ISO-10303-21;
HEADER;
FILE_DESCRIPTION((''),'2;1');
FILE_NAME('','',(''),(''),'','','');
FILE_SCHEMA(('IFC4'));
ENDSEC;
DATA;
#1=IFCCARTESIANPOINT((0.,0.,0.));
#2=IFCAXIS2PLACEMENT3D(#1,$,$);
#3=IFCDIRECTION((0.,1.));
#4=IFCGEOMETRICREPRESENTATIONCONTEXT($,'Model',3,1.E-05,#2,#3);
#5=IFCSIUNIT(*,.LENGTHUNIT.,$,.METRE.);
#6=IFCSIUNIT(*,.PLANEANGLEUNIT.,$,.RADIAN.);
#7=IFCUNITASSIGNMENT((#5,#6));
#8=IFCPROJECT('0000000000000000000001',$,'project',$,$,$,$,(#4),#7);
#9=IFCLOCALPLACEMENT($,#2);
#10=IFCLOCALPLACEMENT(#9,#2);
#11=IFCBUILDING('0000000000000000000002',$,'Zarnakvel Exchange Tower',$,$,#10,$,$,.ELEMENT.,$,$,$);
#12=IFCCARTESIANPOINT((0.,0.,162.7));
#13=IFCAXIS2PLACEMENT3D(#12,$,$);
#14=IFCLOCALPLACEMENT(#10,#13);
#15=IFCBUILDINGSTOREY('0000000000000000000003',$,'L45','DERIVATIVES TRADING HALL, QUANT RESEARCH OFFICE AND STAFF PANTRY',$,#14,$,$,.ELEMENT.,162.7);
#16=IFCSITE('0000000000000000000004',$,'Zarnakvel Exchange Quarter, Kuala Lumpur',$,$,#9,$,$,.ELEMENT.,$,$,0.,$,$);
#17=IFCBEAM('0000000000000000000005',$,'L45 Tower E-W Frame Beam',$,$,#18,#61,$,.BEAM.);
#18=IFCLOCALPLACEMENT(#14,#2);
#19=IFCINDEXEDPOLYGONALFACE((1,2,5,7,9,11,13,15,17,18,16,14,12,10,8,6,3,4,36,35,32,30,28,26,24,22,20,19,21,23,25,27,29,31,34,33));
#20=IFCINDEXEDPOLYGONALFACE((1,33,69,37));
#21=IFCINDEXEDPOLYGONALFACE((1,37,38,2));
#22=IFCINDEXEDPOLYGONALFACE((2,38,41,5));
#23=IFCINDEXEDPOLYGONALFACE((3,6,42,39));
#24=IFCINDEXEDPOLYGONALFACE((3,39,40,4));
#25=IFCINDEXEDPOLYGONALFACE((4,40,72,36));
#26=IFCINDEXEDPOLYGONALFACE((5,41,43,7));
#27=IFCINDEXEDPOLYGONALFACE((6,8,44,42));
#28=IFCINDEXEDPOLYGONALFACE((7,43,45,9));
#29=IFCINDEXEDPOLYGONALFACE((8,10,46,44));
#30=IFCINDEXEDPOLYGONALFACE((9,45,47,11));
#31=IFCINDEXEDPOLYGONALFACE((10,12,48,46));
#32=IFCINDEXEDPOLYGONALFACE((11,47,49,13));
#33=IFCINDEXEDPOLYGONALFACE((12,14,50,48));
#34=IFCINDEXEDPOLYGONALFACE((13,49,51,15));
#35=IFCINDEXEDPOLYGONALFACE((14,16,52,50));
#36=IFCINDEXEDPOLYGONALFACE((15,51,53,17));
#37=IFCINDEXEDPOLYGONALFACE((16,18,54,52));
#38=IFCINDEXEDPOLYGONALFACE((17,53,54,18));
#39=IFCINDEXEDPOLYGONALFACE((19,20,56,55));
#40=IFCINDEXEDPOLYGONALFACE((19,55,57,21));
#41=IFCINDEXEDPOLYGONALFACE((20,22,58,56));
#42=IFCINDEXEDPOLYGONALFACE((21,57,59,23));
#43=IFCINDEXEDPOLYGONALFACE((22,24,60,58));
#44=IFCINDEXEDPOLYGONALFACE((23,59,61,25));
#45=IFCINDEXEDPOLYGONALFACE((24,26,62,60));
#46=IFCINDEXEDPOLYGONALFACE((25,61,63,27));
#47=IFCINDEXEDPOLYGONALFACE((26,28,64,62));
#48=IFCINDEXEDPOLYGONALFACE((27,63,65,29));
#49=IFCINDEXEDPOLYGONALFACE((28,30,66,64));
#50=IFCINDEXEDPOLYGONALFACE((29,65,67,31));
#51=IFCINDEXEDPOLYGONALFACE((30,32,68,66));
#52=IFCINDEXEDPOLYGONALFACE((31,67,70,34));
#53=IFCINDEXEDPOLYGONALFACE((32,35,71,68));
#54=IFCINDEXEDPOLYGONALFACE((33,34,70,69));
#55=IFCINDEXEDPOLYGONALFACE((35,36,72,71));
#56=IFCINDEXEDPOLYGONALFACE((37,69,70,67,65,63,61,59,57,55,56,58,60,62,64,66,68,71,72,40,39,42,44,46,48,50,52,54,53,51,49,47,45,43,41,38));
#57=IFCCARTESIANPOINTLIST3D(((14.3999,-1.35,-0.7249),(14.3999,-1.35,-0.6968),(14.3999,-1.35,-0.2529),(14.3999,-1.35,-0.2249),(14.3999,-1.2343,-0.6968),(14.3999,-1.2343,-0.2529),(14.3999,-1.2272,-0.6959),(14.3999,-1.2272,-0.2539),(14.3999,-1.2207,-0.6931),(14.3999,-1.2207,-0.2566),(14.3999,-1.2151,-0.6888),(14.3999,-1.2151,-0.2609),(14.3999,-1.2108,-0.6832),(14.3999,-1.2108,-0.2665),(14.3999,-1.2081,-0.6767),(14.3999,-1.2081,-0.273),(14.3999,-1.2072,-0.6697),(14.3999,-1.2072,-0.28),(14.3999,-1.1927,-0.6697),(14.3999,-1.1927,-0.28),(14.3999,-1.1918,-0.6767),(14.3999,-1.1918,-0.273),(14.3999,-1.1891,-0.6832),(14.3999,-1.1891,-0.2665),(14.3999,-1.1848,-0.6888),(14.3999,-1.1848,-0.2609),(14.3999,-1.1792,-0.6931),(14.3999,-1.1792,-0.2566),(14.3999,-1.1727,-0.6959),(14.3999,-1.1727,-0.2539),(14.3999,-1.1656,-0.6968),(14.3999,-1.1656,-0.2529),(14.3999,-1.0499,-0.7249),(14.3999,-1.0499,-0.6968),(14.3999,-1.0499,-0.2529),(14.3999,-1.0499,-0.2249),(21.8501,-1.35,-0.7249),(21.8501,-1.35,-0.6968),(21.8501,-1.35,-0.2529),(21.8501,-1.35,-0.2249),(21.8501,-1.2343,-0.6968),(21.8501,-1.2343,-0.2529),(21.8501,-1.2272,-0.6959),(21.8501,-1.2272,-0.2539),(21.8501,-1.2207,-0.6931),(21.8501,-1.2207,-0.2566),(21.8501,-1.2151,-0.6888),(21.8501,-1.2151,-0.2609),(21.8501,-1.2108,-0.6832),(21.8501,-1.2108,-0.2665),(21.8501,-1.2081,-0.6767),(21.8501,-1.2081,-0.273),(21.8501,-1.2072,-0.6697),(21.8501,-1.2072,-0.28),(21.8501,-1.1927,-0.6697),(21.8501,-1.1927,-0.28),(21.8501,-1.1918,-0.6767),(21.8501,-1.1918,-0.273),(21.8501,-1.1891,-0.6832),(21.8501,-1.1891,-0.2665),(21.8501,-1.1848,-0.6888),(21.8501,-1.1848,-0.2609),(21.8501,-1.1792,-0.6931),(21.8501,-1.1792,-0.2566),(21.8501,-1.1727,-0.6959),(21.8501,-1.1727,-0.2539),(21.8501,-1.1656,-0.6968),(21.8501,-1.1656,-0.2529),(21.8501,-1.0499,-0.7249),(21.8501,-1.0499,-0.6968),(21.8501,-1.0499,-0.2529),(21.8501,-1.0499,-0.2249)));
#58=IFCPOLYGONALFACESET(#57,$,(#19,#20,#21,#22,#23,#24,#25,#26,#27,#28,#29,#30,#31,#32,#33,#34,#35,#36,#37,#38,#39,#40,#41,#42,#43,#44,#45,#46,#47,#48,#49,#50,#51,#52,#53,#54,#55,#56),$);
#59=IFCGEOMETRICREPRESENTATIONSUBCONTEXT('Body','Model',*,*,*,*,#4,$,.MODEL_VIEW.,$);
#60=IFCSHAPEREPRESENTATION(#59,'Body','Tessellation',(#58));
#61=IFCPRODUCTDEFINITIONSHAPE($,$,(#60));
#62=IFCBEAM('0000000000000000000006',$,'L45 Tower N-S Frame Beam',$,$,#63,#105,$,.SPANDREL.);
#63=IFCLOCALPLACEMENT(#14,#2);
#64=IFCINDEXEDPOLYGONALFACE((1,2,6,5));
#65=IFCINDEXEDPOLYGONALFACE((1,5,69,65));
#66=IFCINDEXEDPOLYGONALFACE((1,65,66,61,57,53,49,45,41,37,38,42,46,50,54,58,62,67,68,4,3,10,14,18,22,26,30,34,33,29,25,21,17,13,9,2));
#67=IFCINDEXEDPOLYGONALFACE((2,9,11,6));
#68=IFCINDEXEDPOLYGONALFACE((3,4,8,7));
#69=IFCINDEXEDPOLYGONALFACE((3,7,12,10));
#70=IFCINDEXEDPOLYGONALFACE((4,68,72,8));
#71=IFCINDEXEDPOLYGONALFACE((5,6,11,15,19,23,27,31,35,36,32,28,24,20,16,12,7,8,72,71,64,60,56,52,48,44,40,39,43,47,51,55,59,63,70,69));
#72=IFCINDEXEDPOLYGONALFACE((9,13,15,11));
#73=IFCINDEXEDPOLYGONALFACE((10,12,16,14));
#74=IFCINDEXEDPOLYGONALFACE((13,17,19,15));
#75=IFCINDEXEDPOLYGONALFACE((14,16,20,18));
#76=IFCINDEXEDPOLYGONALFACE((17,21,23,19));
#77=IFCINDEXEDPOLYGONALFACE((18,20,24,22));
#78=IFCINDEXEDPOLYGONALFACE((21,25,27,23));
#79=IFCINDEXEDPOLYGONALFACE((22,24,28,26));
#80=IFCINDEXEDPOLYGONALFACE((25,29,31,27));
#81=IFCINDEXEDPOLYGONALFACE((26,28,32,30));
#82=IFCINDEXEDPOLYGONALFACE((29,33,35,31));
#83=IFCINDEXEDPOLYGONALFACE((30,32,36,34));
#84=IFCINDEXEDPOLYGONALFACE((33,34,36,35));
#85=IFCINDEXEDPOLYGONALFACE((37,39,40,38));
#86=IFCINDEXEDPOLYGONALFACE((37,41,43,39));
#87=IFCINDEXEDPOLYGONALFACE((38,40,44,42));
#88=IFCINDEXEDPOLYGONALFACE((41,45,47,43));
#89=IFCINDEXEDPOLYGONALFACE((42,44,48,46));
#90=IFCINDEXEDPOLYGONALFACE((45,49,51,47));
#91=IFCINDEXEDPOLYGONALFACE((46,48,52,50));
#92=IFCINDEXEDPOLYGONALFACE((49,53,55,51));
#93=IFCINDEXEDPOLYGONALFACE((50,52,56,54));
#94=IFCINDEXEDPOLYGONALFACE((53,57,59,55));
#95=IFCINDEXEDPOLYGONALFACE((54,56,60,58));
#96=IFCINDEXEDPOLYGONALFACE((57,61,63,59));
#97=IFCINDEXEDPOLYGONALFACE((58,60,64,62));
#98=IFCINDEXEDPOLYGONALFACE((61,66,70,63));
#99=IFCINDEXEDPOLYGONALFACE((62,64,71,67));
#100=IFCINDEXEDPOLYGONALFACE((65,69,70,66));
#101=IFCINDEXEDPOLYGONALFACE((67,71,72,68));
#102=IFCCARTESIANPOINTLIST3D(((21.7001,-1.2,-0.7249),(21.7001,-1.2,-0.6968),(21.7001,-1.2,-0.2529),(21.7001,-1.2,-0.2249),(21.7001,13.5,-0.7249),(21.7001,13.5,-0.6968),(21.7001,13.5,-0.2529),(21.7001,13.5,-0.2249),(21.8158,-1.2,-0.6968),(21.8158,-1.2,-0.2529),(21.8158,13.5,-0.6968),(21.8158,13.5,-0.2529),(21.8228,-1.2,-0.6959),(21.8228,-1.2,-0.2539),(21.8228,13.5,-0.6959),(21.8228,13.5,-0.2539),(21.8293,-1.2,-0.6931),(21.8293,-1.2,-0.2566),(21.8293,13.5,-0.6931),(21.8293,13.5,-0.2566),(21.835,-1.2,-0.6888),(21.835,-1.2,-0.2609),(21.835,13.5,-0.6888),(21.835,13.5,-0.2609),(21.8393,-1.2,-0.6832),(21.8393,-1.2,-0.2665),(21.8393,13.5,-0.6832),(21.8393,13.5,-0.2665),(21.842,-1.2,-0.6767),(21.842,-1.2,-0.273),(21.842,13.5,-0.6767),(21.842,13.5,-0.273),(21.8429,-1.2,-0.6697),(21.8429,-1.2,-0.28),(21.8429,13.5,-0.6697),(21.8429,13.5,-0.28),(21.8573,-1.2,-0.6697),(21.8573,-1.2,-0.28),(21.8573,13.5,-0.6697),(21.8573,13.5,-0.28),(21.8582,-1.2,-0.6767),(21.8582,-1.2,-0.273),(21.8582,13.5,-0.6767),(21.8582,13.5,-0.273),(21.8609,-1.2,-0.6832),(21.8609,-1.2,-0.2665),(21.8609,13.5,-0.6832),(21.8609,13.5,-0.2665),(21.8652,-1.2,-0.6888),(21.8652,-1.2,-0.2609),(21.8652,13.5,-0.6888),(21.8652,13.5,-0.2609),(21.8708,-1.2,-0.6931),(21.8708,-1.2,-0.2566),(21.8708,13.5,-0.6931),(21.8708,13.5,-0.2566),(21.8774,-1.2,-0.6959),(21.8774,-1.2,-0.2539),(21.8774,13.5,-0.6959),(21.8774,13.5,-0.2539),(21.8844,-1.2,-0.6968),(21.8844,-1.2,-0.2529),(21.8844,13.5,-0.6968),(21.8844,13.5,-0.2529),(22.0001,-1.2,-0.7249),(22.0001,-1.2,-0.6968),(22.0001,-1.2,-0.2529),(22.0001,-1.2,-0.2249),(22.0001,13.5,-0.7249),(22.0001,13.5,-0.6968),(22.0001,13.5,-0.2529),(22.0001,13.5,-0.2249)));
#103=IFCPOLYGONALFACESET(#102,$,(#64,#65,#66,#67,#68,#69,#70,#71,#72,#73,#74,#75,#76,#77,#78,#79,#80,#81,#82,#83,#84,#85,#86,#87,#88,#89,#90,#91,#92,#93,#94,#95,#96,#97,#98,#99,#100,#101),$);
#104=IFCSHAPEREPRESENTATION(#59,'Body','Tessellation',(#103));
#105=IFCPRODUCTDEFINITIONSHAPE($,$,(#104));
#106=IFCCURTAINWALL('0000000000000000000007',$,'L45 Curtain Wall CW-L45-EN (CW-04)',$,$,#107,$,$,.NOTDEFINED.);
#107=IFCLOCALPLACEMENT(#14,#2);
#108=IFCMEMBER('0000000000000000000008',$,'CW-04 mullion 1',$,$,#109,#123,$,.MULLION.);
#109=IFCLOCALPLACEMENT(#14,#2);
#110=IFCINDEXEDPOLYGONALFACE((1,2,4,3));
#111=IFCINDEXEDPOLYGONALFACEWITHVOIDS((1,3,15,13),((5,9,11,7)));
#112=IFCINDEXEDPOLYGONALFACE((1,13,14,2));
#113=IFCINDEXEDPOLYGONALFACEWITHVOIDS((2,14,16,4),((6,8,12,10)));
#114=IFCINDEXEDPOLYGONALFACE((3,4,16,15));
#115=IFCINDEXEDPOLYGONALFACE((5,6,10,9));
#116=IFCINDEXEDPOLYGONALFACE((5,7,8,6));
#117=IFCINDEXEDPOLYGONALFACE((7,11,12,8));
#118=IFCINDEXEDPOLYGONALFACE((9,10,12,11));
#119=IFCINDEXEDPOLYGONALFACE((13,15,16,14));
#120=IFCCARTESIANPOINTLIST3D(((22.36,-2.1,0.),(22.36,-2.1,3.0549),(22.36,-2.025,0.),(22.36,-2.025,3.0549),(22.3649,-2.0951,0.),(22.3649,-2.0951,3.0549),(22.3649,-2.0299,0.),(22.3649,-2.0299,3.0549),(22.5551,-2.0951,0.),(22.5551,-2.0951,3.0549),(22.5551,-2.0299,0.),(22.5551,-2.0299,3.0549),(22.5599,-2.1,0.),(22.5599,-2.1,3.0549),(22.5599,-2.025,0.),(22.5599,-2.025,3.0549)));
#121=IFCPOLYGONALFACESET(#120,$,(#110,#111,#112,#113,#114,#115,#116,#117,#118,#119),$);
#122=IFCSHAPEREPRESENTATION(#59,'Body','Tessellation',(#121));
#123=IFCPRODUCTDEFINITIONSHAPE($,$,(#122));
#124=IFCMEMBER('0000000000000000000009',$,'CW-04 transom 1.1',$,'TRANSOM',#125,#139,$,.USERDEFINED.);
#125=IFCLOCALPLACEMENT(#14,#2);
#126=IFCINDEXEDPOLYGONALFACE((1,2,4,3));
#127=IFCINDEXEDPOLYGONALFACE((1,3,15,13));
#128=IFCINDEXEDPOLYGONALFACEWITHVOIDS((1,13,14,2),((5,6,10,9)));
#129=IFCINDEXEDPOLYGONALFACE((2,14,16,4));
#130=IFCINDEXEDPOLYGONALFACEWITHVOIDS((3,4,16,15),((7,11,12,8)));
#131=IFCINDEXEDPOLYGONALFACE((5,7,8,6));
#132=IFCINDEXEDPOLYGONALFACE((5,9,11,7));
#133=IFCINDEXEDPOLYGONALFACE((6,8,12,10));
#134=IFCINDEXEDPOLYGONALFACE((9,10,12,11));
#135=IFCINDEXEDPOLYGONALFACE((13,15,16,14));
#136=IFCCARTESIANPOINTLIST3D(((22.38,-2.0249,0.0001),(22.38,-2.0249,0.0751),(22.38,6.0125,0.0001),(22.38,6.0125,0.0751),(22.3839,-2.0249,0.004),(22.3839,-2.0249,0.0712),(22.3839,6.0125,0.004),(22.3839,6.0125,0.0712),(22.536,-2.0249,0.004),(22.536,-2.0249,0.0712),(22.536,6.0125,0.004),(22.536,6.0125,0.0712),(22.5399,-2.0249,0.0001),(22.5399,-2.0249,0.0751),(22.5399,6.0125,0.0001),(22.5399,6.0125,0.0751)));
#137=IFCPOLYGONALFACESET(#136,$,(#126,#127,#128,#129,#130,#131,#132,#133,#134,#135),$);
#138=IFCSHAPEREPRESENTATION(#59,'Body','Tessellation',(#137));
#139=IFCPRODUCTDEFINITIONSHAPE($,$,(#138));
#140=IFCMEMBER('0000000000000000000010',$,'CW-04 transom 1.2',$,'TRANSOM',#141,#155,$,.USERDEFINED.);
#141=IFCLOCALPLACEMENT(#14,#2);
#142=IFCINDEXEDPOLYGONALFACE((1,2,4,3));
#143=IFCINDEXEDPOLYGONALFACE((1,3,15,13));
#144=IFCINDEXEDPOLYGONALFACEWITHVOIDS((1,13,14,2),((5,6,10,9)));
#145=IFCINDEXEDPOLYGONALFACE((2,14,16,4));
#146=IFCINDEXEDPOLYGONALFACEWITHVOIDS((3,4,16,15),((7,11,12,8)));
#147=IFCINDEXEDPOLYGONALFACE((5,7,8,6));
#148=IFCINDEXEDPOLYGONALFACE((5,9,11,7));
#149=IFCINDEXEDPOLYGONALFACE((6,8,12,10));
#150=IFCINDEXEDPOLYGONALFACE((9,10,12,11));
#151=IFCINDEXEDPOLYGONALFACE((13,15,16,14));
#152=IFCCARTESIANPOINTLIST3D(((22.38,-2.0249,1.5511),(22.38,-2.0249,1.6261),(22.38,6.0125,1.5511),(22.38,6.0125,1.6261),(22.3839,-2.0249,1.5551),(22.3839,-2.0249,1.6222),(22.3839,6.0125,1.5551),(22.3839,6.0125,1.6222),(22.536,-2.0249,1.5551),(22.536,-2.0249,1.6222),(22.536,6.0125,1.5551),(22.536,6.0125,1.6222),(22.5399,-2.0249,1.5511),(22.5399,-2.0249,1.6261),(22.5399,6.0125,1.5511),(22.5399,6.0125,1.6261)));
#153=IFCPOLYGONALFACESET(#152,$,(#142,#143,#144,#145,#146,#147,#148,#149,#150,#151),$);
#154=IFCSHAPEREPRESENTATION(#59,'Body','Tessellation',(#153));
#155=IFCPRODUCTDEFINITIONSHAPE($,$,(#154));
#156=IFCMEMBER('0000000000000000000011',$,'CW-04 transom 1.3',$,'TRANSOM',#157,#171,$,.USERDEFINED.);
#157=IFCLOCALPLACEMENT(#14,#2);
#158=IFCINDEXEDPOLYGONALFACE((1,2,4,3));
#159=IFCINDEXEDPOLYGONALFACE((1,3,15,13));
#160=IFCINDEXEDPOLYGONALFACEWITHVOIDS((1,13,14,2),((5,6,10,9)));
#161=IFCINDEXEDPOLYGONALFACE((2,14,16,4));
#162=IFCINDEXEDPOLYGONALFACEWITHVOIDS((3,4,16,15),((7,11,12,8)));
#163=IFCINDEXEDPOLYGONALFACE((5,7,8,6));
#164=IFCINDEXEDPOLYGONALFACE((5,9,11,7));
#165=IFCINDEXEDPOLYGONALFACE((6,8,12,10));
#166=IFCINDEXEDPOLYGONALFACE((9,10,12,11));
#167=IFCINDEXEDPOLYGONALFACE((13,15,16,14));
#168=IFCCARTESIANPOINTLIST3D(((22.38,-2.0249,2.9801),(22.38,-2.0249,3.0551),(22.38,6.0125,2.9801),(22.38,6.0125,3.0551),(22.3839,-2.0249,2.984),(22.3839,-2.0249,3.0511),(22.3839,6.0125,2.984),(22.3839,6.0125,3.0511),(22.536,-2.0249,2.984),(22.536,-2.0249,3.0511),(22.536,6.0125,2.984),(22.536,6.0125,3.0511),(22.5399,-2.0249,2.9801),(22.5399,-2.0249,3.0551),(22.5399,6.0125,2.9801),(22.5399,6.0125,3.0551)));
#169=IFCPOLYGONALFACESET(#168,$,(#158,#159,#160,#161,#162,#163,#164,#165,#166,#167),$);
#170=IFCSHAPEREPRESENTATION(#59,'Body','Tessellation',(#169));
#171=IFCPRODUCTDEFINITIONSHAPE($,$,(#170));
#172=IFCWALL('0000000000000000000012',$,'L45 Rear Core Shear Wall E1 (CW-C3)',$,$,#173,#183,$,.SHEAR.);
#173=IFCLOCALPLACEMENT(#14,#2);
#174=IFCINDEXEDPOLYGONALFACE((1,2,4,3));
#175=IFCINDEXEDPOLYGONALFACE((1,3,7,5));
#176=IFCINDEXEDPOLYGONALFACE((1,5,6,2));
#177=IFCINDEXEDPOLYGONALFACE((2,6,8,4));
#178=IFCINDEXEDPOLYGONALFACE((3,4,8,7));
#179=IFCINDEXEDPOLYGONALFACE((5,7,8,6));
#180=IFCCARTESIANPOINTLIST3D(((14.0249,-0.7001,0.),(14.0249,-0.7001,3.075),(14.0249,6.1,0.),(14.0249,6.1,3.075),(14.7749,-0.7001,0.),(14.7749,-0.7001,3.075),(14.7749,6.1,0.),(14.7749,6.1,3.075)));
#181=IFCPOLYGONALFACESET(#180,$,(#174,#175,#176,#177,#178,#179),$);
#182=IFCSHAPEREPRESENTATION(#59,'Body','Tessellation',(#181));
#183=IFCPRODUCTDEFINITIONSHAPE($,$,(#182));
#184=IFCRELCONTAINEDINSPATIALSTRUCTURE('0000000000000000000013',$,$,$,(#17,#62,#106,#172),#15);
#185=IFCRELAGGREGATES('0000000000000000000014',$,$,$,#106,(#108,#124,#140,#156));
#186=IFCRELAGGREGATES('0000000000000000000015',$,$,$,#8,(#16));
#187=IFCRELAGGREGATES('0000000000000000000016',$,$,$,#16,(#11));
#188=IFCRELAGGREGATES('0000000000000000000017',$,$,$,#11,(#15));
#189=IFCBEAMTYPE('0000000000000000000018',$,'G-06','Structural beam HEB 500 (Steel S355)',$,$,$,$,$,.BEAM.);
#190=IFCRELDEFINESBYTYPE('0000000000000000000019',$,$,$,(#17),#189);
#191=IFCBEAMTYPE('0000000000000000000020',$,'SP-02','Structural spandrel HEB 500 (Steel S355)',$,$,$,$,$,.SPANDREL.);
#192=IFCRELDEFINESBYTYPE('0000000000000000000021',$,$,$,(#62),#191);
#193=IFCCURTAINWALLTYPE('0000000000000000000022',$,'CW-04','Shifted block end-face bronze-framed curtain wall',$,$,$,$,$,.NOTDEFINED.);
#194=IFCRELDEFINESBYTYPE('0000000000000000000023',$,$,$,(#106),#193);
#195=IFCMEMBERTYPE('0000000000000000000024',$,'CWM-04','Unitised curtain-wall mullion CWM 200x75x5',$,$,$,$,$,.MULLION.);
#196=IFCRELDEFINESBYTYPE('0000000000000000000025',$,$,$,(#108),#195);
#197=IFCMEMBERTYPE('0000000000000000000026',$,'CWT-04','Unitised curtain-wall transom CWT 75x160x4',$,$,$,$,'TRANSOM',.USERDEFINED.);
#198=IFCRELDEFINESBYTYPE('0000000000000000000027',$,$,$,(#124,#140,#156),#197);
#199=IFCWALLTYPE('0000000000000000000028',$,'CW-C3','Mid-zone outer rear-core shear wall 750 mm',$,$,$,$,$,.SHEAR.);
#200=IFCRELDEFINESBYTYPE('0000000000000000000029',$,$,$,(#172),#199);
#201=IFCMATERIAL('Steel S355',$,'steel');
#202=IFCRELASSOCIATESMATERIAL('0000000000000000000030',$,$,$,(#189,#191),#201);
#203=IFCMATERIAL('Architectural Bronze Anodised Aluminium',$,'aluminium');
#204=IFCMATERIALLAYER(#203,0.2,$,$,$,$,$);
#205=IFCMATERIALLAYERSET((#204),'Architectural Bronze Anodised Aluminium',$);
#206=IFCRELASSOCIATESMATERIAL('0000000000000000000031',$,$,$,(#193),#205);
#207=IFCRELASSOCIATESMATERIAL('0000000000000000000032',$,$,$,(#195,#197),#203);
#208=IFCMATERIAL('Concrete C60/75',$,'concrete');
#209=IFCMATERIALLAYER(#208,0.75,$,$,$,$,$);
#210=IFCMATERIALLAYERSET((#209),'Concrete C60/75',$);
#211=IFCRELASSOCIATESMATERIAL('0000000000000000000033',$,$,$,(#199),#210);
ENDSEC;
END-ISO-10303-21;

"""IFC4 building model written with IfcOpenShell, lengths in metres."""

from ifc_helpers import new_model, si_unit, direction, frame, frame_2d, origin, origin_2d, place, context, subcontext, project, spatial, rectangle, hollow_rectangle, i_section, extrude, source, transform, mapped, material, layer, layer_set, material_profile, profile_set, type_object, element, aggregate, save


model = new_model("IFC4")

# Units and contexts
model_context = context("Model", 3, precision=1e-05, world=origin(), true_north=direction((0.0, 1.0)))
body_context = subcontext(model_context, "Body", "Model", "MODEL_VIEW")
ifc_project = project(units=[si_unit("LENGTHUNIT", "METRE"), si_unit("PLANEANGLEUNIT", "RADIAN")], contexts=[model_context])

# Site, building, storey
site_placement = place(None, origin())
site = spatial("IfcSite", under=ifc_project, at=site_placement, Name="Zarnakvel Exchange Quarter, Kuala Lumpur", CompositionType="ELEMENT", RefElevation=0.0)
building_placement = place(site_placement, origin())
building = spatial("IfcBuilding", under=site, at=building_placement, Name="Zarnakvel Exchange Tower", CompositionType="ELEMENT")
storey_placement = place(building_placement, frame((0.0, 0.0, 162.7)))
storey = spatial("IfcBuildingStorey", under=building, at=storey_placement, Name="L45", Description="DERIVATIVES TRADING HALL, QUANT RESEARCH OFFICE AND STAFF PANTRY", CompositionType="ELEMENT", Elevation=162.7)

# Shared definitions
ifc_material_1 = material(Name="Concrete C60/75", Category="concrete")
ifc_material_2 = material(Name="Steel S355", Category="steel")

# Beams
ifc_material_profile_1 = material_profile(ifc_material_2, i_section(OverallWidth=0.3, OverallDepth=0.5, WebThickness=0.0144, FlangeThickness=0.0281, FilletRadius=0.0271, at=origin_2d()))
ifc_profile_set_1 = profile_set([ifc_material_profile_1], Name="Steel S355")
beam_type_1 = type_object("IfcBeamType", Name="G-06", Description="Structural beam HEB 500 (Steel S355)", PredefinedType="BEAM", material=ifc_profile_set_1)
beam_1_placement = place(storey_placement, frame((14.3999, -1.2, -0.4749), z_axis=(1.0, 0.0, 0.0), x_axis=(0.0, 1.0, 0.0)))
element("IfcBeam", 1, at=beam_1_placement, inside=storey, type_object=beam_type_1, Name="L45 Tower E-W Frame Beam", PredefinedType="BEAM", context=body_context, shape_type="SweptSolid", body=[
    extrude(i_section(OverallWidth=0.3, OverallDepth=0.5, WebThickness=0.0144, FlangeThickness=0.0281, FilletRadius=0.0271, at=origin_2d()), origin(), (0.0, 0.0, 1.0), 7.4502),
])
ifc_material_profile_2 = material_profile(ifc_material_2, i_section(OverallWidth=0.3, OverallDepth=0.5, WebThickness=0.0144, FlangeThickness=0.0281, FilletRadius=0.0271, at=origin_2d()))
ifc_profile_set_2 = profile_set([ifc_material_profile_2], Name="Steel S355")
beam_type_2 = type_object("IfcBeamType", Name="SP-02", Description="Structural spandrel HEB 500 (Steel S355)", PredefinedType="SPANDREL", material=ifc_profile_set_2)
beam_2_placement = place(storey_placement, frame((21.8501, -1.2, -0.4749), z_axis=(0.0, 1.0, 0.0), x_axis=(-1.0, 0.0, 0.0)))
element("IfcBeam", 2, at=beam_2_placement, inside=storey, type_object=beam_type_2, Name="L45 Tower N-S Frame Beam", PredefinedType="SPANDREL", context=body_context, shape_type="SweptSolid", body=[
    extrude(i_section(OverallWidth=0.3, OverallDepth=0.5, WebThickness=0.0144, FlangeThickness=0.0281, FilletRadius=0.0271, at=origin_2d()), origin(), (0.0, 0.0, 1.0), 14.7),
])

# Curtain wall, members
ifc_material_3 = material(Name="Architectural Bronze Anodised Aluminium", Category="aluminium")
ifc_layer_1 = layer(ifc_material_3, 0.2)
ifc_layer_set_1 = layer_set([ifc_layer_1], Name="Architectural Bronze Anodised Aluminium")
curtain_wall_type = type_object("IfcCurtainWallType", Name="CW-04", Description="Shifted block end-face bronze-framed curtain wall", PredefinedType="NOTDEFINED", material=ifc_layer_set_1)
curtain_wall_placement = place(storey_placement, origin())
curtain_wall = element("IfcCurtainWall", 3, at=curtain_wall_placement, inside=storey, type_object=curtain_wall_type, Name="L45 Curtain Wall CW-L45-EN (CW-04)", PredefinedType="NOTDEFINED")
ifc_material_profile_3 = material_profile(ifc_material_3, hollow_rectangle(XDim=0.2, YDim=0.075, WallThickness=0.0049, at=origin_2d()))
ifc_profile_set_3 = profile_set([ifc_material_profile_3], Name="Architectural Bronze Anodised Aluminium")
member_type_1 = type_object("IfcMemberType", Name="CWM-04", Description="Unitised curtain-wall mullion CWM 200x75x5", PredefinedType="MULLION", material=ifc_profile_set_3)
shared_shape_1 = source(origin(), body_context, "Body", "SweptSolid", [
    extrude(hollow_rectangle(XDim=0.2, YDim=0.075, WallThickness=0.0049, at=origin_2d()), origin(), (0.0, 0.0, 1.0), 3.0549),
])
member_1_placement = place(storey_placement, frame((22.46, -2.0625, 0.0), z_axis=(0.0, 0.0, 1.0), x_axis=(-1.0, 0.0, 0.0)))
member_1 = element("IfcMember", 4, at=member_1_placement, type_object=member_type_1, Name="CW-04 mullion 1", PredefinedType="MULLION", context=body_context, shape_type="MappedRepresentation", body=[
    mapped(shared_shape_1, transform((0.0, 0.0, 0.0), x_axis=(1.0, 0.0, 0.0), y_axis=(0.0, 1.0, 0.0), z_axis=(0.0, 0.0, 1.0), scale=1.0)),
])
ifc_material_profile_4 = material_profile(ifc_material_3, hollow_rectangle(XDim=0.1599, YDim=0.075, WallThickness=0.0039, at=origin_2d()))
ifc_profile_set_4 = profile_set([ifc_material_profile_4], Name="Architectural Bronze Anodised Aluminium")
member_type_2 = type_object("IfcMemberType", Name="CWT-04", Description="Unitised curtain-wall transom CWT 75x160x4", ElementType="TRANSOM", PredefinedType="USERDEFINED", material=ifc_profile_set_4)
shared_shape_2 = source(origin(), body_context, "Body", "SweptSolid", [
    extrude(hollow_rectangle(XDim=0.1599, YDim=0.075, WallThickness=0.0039, at=origin_2d()), origin(), (0.0, 0.0, 1.0), 8.0374),
])
member_2_placement = place(storey_placement, frame((22.46, -2.0249, 0.0376), z_axis=(0.0, 1.0, 0.0), x_axis=(-1.0, 0.0, 0.0)))
member_2 = element("IfcMember", 5, at=member_2_placement, type_object=member_type_2, Name="CW-04 transom 1.1", ObjectType="TRANSOM", PredefinedType="USERDEFINED", context=body_context, shape_type="MappedRepresentation", body=[
    mapped(shared_shape_2, transform((0.0, 0.0, 0.0), x_axis=(1.0, 0.0, 0.0), y_axis=(0.0, 1.0, 0.0), z_axis=(0.0, 0.0, 1.0), scale=1.0)),
])
member_3_placement = place(storey_placement, frame((22.46, -2.0249, 1.5886), z_axis=(0.0, 1.0, 0.0), x_axis=(-1.0, 0.0, 0.0)))
member_3 = element("IfcMember", 6, at=member_3_placement, type_object=member_type_2, Name="CW-04 transom 1.2", ObjectType="TRANSOM", PredefinedType="USERDEFINED", context=body_context, shape_type="MappedRepresentation", body=[
    mapped(shared_shape_2, transform((0.0, 0.0, 0.0), x_axis=(1.0, 0.0, 0.0), y_axis=(0.0, 1.0, 0.0), z_axis=(0.0, 0.0, 1.0), scale=1.0)),
])
member_4_placement = place(storey_placement, frame((22.46, -2.0249, 3.0176), z_axis=(0.0, 1.0, 0.0), x_axis=(-1.0, 0.0, 0.0)))
member_4 = element("IfcMember", 7, at=member_4_placement, type_object=member_type_2, Name="CW-04 transom 1.3", ObjectType="TRANSOM", PredefinedType="USERDEFINED", context=body_context, shape_type="MappedRepresentation", body=[
    mapped(shared_shape_2, transform((0.0, 0.0, 0.0), x_axis=(1.0, 0.0, 0.0), y_axis=(0.0, 1.0, 0.0), z_axis=(0.0, 0.0, 1.0), scale=1.0)),
])
aggregate(curtain_wall, [member_1, member_2, member_3, member_4])

# Wall
ifc_layer_2 = layer(ifc_material_1, 0.75)
ifc_layer_set_2 = layer_set([ifc_layer_2], Name="Concrete C60/75")
wall_type_1 = type_object("IfcWallType", Name="CW-C3", Description="Mid-zone outer rear-core shear wall 750 mm", PredefinedType="SHEAR", material=ifc_layer_set_2)
wall_1_placement = place(storey_placement, frame((14.3999, -0.7, 0.0), z_axis=(0.0, 0.0, 1.0), x_axis=(0.0, 1.0, 0.0)))
element("IfcWall", 8, at=wall_1_placement, inside=storey, type_object=wall_type_1, Name="L45 Rear Core Shear Wall E1 (CW-C3)", PredefinedType="SHEAR", context=body_context, shape_type="SweptSolid", body=[
    extrude(rectangle(XDim=6.8, YDim=0.75, at=frame_2d((3.3999, 0.0))), origin(), (0.0, 0.0, 1.0), 3.075),
])

save(model, "model.ifc")
